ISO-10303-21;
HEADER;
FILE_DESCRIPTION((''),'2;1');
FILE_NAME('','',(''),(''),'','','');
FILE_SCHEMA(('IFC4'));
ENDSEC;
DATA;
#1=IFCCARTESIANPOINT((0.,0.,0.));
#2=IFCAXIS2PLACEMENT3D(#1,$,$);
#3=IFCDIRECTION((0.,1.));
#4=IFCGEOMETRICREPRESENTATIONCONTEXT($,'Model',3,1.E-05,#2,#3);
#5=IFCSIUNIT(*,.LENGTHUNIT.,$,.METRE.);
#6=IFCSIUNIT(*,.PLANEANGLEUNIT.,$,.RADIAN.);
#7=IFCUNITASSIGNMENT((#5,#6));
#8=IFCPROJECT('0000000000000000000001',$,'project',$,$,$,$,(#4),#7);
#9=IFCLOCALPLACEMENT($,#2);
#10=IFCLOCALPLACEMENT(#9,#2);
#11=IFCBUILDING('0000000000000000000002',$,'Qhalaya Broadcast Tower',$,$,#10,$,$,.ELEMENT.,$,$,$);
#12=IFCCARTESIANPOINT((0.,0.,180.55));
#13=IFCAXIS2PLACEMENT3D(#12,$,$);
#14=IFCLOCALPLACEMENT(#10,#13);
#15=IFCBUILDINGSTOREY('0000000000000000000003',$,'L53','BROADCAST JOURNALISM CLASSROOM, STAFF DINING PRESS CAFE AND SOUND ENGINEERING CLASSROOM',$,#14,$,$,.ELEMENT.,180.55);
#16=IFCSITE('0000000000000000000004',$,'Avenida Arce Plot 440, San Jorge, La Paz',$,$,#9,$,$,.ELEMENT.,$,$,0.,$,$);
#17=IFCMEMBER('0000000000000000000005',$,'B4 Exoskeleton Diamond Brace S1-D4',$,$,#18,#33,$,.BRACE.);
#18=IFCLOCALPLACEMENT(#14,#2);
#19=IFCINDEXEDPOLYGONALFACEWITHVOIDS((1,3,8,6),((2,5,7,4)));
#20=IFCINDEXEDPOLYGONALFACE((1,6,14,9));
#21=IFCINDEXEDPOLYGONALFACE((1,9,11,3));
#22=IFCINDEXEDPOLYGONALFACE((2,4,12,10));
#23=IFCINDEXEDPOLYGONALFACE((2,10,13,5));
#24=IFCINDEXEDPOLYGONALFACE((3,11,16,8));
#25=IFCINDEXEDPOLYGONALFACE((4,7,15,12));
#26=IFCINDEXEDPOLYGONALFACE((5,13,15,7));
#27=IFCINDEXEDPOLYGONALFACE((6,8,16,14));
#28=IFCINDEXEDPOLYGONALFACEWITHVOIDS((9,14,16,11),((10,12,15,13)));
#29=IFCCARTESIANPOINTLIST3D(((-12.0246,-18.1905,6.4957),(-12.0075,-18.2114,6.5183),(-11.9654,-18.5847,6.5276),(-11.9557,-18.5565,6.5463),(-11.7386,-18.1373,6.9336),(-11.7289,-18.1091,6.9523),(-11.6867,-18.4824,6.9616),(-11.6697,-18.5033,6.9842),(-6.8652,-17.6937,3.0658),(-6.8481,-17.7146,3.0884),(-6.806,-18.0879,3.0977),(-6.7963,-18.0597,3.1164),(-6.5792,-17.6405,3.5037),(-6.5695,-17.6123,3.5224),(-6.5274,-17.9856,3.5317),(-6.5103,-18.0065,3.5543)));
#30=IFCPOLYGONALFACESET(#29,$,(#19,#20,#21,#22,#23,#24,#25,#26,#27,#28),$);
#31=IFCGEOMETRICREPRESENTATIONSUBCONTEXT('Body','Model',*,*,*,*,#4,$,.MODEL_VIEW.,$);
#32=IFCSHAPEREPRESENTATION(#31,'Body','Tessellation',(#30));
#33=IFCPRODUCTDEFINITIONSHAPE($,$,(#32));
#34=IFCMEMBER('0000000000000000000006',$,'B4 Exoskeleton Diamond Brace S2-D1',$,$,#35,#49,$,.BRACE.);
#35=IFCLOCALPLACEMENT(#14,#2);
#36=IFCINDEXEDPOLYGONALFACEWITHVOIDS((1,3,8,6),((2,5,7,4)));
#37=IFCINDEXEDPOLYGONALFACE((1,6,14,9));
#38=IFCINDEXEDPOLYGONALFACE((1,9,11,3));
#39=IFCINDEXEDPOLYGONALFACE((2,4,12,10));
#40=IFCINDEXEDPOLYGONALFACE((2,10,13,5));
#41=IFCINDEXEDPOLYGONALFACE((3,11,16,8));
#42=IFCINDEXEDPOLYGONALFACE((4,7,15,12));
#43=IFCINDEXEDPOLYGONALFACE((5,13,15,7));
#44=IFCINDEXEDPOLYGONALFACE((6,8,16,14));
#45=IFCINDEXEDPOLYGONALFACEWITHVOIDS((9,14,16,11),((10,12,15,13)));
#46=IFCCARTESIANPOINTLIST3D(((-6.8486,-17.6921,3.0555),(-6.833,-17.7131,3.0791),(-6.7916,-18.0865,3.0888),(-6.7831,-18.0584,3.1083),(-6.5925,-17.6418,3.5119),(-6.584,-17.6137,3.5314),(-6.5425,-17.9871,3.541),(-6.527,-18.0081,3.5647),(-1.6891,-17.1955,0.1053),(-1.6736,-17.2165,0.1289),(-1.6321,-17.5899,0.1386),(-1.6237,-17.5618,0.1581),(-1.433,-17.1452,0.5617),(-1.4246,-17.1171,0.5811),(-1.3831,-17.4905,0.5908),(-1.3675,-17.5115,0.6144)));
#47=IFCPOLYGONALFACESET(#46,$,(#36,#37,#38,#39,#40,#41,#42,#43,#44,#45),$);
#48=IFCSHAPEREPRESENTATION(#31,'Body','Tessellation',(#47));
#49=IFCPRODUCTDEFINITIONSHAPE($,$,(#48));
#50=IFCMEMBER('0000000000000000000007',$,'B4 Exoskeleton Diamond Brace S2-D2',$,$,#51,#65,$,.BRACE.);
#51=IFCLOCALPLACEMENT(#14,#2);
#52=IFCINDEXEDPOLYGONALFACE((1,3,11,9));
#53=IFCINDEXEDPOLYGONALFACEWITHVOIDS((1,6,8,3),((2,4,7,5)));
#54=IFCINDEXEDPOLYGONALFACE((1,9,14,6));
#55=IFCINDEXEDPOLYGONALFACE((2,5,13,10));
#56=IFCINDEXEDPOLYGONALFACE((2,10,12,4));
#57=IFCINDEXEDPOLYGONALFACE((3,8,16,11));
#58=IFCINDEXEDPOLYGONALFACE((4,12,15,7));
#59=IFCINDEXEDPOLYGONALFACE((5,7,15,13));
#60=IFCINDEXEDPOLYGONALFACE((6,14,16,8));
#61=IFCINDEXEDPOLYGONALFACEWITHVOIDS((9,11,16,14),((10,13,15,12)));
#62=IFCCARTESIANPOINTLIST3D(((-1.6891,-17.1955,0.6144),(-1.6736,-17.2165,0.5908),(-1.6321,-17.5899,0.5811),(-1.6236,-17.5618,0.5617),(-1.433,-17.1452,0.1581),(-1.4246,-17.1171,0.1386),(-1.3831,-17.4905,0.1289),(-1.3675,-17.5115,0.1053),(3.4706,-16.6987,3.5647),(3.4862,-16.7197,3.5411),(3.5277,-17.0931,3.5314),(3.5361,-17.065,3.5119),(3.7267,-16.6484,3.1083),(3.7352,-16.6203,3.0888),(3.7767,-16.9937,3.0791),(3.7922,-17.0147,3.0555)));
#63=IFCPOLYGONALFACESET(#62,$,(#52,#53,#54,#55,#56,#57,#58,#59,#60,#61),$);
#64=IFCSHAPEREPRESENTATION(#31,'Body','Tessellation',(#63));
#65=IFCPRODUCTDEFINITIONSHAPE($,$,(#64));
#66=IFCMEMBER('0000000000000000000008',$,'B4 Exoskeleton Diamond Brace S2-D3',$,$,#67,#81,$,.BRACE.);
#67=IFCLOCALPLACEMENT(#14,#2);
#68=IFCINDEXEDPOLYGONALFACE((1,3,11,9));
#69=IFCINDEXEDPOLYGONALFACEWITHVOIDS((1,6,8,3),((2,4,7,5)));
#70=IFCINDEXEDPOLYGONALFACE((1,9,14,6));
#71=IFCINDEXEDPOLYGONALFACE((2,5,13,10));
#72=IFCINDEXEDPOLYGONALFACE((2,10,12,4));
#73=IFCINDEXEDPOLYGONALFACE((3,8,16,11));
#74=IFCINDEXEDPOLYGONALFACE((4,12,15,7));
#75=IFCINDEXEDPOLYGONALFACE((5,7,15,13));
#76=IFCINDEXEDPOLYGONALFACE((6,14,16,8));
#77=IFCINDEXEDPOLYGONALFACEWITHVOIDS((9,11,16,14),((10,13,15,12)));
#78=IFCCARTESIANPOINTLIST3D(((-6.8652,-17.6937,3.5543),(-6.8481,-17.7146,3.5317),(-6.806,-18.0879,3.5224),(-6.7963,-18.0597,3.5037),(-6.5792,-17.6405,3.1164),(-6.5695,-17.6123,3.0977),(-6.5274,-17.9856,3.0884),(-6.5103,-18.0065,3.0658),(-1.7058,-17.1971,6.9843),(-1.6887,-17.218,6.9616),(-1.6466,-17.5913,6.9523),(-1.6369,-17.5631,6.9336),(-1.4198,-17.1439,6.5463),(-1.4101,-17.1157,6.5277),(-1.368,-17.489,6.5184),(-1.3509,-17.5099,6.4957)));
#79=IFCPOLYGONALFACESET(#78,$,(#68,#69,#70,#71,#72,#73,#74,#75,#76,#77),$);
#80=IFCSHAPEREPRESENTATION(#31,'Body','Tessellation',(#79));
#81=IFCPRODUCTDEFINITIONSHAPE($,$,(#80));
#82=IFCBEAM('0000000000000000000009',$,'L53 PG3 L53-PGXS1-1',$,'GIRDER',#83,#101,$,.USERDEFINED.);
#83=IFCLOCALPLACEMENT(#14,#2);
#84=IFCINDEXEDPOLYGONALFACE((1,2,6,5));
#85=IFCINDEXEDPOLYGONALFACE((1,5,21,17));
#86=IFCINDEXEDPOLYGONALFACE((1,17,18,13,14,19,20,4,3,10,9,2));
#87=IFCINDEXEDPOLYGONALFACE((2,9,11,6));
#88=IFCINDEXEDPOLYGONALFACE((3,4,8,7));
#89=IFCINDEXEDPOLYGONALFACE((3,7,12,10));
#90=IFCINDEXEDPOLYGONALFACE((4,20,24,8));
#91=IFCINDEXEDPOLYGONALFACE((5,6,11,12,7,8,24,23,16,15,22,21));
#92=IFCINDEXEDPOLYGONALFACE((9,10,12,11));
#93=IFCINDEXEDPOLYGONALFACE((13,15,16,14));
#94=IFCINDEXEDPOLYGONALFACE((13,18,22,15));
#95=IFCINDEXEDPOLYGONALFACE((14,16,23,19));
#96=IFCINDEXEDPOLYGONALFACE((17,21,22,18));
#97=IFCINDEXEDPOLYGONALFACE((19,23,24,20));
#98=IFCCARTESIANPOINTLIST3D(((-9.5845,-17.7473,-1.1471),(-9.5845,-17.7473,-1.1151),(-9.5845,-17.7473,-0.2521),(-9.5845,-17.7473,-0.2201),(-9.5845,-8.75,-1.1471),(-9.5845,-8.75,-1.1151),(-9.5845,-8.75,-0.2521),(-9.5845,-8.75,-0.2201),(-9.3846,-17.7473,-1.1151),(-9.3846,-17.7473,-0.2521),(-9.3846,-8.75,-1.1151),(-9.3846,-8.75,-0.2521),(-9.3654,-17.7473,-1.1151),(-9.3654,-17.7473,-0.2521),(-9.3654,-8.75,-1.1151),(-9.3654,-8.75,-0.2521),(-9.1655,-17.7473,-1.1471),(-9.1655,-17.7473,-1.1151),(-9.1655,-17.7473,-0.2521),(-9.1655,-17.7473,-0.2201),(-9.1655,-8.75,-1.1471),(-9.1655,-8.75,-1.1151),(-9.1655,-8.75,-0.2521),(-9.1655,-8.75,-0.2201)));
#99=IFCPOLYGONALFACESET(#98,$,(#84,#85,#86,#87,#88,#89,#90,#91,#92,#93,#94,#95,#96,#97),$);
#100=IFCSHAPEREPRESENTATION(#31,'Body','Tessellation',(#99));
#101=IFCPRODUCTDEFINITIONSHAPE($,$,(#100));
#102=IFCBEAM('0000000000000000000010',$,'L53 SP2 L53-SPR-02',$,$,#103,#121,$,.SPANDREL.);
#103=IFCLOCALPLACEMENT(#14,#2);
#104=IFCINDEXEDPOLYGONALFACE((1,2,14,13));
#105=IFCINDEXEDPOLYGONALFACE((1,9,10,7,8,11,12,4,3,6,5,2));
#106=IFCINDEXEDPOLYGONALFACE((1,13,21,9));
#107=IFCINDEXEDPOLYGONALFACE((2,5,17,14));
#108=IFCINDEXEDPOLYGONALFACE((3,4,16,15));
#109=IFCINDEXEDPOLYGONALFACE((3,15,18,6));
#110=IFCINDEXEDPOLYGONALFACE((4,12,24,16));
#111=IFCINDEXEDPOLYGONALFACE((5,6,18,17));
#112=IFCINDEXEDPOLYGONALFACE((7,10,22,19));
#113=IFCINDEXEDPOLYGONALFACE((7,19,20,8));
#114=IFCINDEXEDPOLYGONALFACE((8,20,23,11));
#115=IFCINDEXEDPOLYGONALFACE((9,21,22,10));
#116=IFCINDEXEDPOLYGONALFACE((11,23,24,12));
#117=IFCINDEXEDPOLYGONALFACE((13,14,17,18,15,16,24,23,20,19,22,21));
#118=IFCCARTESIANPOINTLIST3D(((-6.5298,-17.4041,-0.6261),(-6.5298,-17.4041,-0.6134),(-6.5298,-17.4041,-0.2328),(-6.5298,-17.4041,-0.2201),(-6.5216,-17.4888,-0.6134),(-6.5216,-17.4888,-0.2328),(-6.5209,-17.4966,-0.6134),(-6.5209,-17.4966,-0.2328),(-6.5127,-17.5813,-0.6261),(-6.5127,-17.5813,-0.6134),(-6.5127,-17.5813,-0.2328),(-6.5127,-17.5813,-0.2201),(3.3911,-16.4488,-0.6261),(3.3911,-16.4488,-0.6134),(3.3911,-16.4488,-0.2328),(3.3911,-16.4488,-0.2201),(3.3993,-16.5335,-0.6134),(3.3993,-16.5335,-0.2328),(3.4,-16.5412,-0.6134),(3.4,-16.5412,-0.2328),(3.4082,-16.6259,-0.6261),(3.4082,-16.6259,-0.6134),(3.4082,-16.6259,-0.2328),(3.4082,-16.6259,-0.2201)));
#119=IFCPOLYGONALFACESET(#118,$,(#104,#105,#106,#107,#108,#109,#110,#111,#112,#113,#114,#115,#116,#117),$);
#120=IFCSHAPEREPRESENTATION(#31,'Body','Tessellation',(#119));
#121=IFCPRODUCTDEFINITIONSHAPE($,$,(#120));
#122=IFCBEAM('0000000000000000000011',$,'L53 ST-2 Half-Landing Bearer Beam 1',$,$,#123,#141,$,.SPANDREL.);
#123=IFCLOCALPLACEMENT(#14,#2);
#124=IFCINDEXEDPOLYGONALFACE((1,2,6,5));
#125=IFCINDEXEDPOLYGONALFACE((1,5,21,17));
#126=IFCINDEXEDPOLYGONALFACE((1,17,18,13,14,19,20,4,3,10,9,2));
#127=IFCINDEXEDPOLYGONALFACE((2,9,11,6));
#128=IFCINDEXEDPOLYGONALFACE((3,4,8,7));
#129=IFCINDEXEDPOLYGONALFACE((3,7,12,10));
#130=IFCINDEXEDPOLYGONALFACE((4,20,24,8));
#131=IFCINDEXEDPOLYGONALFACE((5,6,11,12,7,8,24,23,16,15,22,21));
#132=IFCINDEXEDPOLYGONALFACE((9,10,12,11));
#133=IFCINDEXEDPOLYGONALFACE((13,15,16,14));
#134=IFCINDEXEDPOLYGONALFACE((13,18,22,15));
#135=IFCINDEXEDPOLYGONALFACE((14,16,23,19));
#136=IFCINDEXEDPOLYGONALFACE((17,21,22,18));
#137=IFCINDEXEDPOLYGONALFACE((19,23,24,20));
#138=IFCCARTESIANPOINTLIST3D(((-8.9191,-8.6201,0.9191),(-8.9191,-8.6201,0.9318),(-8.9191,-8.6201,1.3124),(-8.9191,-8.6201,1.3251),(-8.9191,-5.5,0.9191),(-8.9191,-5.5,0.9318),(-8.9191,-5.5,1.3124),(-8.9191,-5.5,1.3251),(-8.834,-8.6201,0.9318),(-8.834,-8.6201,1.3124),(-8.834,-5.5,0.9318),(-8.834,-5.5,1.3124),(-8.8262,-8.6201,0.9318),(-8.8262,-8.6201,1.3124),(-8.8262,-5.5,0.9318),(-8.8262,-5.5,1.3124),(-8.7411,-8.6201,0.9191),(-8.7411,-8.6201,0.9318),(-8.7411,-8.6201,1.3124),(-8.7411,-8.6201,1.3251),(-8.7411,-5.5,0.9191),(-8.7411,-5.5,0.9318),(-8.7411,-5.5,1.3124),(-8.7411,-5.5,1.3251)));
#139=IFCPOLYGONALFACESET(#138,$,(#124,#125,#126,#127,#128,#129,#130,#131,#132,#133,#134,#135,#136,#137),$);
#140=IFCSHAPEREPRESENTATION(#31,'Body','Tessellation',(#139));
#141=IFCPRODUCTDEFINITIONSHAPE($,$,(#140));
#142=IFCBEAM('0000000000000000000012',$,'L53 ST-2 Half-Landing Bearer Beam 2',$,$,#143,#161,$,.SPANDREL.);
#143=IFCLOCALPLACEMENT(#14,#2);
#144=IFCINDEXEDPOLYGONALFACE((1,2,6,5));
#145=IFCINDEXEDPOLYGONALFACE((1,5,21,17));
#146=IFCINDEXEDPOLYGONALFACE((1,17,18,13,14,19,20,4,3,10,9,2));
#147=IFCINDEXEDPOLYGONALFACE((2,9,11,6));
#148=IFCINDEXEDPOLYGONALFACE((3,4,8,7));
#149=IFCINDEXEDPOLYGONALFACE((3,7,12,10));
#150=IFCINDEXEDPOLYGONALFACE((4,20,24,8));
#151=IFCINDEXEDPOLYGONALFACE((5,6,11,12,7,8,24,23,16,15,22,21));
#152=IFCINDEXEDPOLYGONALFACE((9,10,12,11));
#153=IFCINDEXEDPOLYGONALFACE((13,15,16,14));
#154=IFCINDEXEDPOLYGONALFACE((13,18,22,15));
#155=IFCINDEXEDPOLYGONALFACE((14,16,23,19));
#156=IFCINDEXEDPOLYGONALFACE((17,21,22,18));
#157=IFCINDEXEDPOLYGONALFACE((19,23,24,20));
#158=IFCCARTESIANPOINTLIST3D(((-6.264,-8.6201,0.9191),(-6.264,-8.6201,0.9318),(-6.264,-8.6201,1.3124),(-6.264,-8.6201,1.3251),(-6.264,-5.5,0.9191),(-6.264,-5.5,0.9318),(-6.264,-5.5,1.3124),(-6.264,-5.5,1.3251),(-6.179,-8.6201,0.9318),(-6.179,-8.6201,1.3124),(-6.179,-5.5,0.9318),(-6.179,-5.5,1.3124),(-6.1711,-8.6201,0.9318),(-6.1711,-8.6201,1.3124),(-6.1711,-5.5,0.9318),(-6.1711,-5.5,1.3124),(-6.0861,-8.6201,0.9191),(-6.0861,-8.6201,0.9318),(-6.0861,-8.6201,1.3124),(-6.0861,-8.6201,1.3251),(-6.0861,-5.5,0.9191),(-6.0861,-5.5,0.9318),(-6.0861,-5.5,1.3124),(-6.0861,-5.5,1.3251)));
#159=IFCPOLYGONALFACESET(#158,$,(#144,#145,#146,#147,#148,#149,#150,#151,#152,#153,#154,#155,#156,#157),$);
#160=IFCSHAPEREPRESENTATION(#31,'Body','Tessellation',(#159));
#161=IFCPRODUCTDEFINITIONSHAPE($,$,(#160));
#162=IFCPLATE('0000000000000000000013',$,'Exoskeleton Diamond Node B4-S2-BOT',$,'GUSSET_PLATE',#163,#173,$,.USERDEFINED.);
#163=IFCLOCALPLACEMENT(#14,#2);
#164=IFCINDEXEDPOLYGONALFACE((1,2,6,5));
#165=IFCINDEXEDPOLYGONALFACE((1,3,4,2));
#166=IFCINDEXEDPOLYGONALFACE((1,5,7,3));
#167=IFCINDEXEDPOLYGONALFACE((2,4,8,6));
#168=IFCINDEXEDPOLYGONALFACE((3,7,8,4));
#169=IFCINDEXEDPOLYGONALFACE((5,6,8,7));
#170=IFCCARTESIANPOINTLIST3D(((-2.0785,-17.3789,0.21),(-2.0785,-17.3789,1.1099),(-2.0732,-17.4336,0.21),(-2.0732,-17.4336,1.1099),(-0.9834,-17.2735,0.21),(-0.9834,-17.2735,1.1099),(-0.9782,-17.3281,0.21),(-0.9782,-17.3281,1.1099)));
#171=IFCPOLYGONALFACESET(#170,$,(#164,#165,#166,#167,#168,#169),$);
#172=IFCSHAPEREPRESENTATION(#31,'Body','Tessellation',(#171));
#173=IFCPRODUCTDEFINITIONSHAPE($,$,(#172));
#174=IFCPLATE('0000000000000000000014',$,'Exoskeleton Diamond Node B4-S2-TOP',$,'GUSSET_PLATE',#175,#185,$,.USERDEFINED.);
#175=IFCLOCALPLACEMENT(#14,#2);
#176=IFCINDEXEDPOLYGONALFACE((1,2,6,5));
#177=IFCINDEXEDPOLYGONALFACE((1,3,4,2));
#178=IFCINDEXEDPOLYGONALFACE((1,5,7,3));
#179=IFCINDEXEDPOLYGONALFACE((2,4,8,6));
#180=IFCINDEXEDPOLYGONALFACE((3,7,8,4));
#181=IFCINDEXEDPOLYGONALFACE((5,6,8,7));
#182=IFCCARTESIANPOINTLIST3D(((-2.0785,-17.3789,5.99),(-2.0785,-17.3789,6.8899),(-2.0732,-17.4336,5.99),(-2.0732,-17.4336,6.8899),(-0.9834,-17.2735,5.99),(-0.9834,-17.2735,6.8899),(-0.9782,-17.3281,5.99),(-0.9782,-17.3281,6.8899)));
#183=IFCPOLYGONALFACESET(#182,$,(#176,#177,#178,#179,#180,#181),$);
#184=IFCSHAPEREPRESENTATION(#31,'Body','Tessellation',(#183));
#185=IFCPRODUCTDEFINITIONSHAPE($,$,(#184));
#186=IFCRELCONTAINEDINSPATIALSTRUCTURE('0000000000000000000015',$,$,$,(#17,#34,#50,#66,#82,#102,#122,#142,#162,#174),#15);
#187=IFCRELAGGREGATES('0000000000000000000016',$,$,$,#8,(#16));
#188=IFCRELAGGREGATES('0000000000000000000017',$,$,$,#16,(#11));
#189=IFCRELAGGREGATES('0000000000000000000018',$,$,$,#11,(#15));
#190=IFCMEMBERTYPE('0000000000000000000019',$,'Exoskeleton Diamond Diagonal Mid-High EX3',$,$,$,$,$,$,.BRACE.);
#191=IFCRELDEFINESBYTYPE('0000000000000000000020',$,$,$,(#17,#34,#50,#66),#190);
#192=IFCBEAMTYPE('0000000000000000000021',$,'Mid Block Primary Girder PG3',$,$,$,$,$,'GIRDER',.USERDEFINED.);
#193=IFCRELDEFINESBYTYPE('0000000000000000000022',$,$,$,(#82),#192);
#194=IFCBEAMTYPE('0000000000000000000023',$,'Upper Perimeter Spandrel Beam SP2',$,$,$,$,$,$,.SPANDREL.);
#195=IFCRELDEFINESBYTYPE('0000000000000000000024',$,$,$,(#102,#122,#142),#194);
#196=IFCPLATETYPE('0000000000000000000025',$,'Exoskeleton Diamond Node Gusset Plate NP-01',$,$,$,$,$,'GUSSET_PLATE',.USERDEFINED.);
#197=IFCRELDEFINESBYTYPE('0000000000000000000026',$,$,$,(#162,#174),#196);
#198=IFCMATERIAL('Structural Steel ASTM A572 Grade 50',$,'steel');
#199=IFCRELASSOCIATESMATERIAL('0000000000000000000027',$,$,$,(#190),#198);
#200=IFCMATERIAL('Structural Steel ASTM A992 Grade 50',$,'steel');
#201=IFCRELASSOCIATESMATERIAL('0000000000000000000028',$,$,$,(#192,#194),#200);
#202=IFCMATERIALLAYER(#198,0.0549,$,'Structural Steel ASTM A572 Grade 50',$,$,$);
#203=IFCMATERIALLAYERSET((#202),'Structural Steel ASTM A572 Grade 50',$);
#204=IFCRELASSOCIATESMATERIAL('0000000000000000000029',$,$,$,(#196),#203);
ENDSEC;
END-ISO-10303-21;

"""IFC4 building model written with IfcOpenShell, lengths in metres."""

from ifc_helpers import new_model, si_unit, direction, frame, origin, origin_2d, place, context, subcontext, project, spatial, rectangle, hollow_rectangle, i_section, extrude, material, layer, layer_set, material_profile, profile_set, type_object, element, save


model = new_model("IFC4")

# Units and contexts
model_context = context("Model", 3, precision=1e-05, world=origin(), true_north=direction((0.0, 1.0)))
body_context = subcontext(model_context, "Body", "Model", "MODEL_VIEW")
ifc_project = project(units=[si_unit("LENGTHUNIT", "METRE"), si_unit("PLANEANGLEUNIT", "RADIAN")], contexts=[model_context])

# Site, building, storey
site_placement = place(None, origin())
site = spatial("IfcSite", under=ifc_project, at=site_placement, Name="Avenida Arce Plot 440, San Jorge, La Paz", CompositionType="ELEMENT", RefElevation=0.0)
building_placement = place(site_placement, origin())
building = spatial("IfcBuilding", under=site, at=building_placement, Name="Qhalaya Broadcast Tower", CompositionType="ELEMENT")
storey_placement = place(building_placement, frame((0.0, 0.0, 180.55)))
storey = spatial("IfcBuildingStorey", under=building, at=storey_placement, Name="L53", Description="BROADCAST JOURNALISM CLASSROOM, STAFF DINING PRESS CAFE AND SOUND ENGINEERING CLASSROOM", CompositionType="ELEMENT", Elevation=180.55)

# Shared definitions
ifc_material_1 = material(Name="Structural Steel ASTM A572 Grade 50", Category="steel")

# Shared definitions
ifc_material_2 = material(Name="Structural Steel ASTM A992 Grade 50", Category="steel")

# Members
ifc_material_profile_1 = material_profile(ifc_material_1, hollow_rectangle(XDim=0.3999, YDim=0.55, WallThickness=0.0249, at=origin_2d()), Name="BOX 400x550x25")
ifc_profile_set_1 = profile_set([ifc_material_profile_1], Name="Structural Steel ASTM A572 Grade 50")
member_type = type_object("IfcMemberType", Name="Exoskeleton Diamond Diagonal Mid-High EX3", PredefinedType="BRACE", material=ifc_profile_set_1)
member_1_placement = place(storey_placement, frame((-6.6877, -17.8501, 3.3101), z_axis=(-0.830106, -0.079935, 0.551846), x_axis=(0.148059, -0.985743, 0.07993)))
element("IfcMember", 1, at=member_1_placement, inside=storey, type_object=member_type, Name="B4 Exoskeleton Diamond Brace S1-D4", PredefinedType="BRACE", context=body_context, shape_type="SweptSolid", body=[
    extrude(hollow_rectangle(XDim=0.3999, YDim=0.55, WallThickness=0.0249, at=origin_2d()), origin(), (0.0, 0.0, 1.0), 6.2153),
])
member_2_placement = place(storey_placement, frame((-1.5283, -17.3535, 0.3599), z_axis=(-0.865087, -0.083263, 0.494663), x_axis=(0.142557, -0.986275, 0.083298)))
element("IfcMember", 2, at=member_2_placement, inside=storey, type_object=member_type, Name="B4 Exoskeleton Diamond Brace S2-D1", PredefinedType="BRACE", context=body_context, shape_type="SweptSolid", body=[
    extrude(hollow_rectangle(XDim=0.3999, YDim=0.55, WallThickness=0.0249, at=origin_2d()), origin(), (0.0, 0.0, 1.0), 5.9641),
])
member_3_placement = place(storey_placement, frame((-1.5283, -17.3535, 0.3599), z_axis=(0.865095, 0.0833, 0.494644), x_axis=(-0.142597, 0.986269, 0.083299)))
element("IfcMember", 3, at=member_3_placement, inside=storey, type_object=member_type, Name="B4 Exoskeleton Diamond Brace S2-D2", PredefinedType="BRACE", context=body_context, shape_type="SweptSolid", body=[
    extrude(hollow_rectangle(XDim=0.3999, YDim=0.55, WallThickness=0.0249, at=origin_2d()), origin(), (0.0, 0.0, 1.0), 5.9644),
])
member_4_placement = place(storey_placement, frame((-6.6877, -17.8501, 3.3101), z_axis=(0.830109, 0.079896, 0.551848), x_axis=(-0.148013, 0.98575, 0.07993)))
element("IfcMember", 4, at=member_4_placement, inside=storey, type_object=member_type, Name="B4 Exoskeleton Diamond Brace S2-D3", PredefinedType="BRACE", context=body_context, shape_type="SweptSolid", body=[
    extrude(hollow_rectangle(XDim=0.3999, YDim=0.55, WallThickness=0.0249, at=origin_2d()), origin(), (0.0, 0.0, 1.0), 6.2153),
])

# Beams
ifc_material_profile_2 = material_profile(ifc_material_2, i_section(OverallWidth=0.4189, OverallDepth=0.927, WebThickness=0.0193, FlangeThickness=0.032, at=origin_2d()), Name="W36X231")
ifc_profile_set_2 = profile_set([ifc_material_profile_2], Name="Structural Steel ASTM A992 Grade 50")
beam_type_1 = type_object("IfcBeamType", Name="Mid Block Primary Girder PG3", ElementType="GIRDER", PredefinedType="USERDEFINED", material=ifc_profile_set_2)
beam_1_placement = place(storey_placement, frame((-9.375, -17.7473, -0.6836), z_axis=(0.0, 1.0, 0.0), x_axis=(-1.0, 0.0, 0.0)))
element("IfcBeam", 5, at=beam_1_placement, inside=storey, type_object=beam_type_1, Name="L53 PG3 L53-PGXS1-1", ObjectType="GIRDER", PredefinedType="USERDEFINED", context=body_context, shape_type="SweptSolid", body=[
    extrude(i_section(OverallWidth=0.4189, OverallDepth=0.927, WebThickness=0.0193, FlangeThickness=0.032, at=origin_2d()), origin(), (0.0, 0.0, 1.0), 8.9973),
])
ifc_material_profile_3 = material_profile(ifc_material_2, i_section(OverallWidth=0.178, OverallDepth=0.406, WebThickness=0.0078, FlangeThickness=0.0127, at=origin_2d()), Name="W16X40")
ifc_profile_set_3 = profile_set([ifc_material_profile_3], Name="Structural Steel ASTM A992 Grade 50")
beam_type_2 = type_object("IfcBeamType", Name="Upper Perimeter Spandrel Beam SP2", PredefinedType="SPANDREL", material=ifc_profile_set_3)
beam_2_placement = place(storey_placement, frame((-6.5212, -17.4927, -0.4231), z_axis=(0.995396, 0.095851, 0.0), x_axis=(-0.095851, 0.995396, 0.0)))
element("IfcBeam", 6, at=beam_2_placement, inside=storey, type_object=beam_type_2, Name="L53 SP2 L53-SPR-02", PredefinedType="SPANDREL", context=body_context, shape_type="SweptSolid", body=[
    extrude(i_section(OverallWidth=0.178, OverallDepth=0.406, WebThickness=0.0078, FlangeThickness=0.0127, at=origin_2d()), origin(), (0.0, 0.0, 1.0), 9.9668),
])
for number, where, z_axis, x_axis, name in (
    (7, (-8.8301, -8.6201, 1.1221), (0.0, 1.0, 0.0), (-1.0, 0.0, 0.0), "L53 ST-2 Half-Landing Bearer Beam 1"),
    (8, (-6.175, -8.6201, 1.1221), (0.0, 1.0, 0.0), (-1.0, 0.0, 0.0), "L53 ST-2 Half-Landing Bearer Beam 2"),
):
    element("IfcBeam", number, at=place(storey_placement, frame(where, z_axis=z_axis, x_axis=x_axis)), inside=storey, type_object=beam_type_2, Name=name, PredefinedType="SPANDREL", context=body_context, shape_type="SweptSolid", body=[
        extrude(i_section(OverallWidth=0.178, OverallDepth=0.406, WebThickness=0.0078, FlangeThickness=0.0127, at=origin_2d()), origin(), (0.0, 0.0, 1.0), 3.1201),
    ])

# Plates
ifc_layer_1 = layer(ifc_material_1, 0.0549, Name="Structural Steel ASTM A572 Grade 50")
ifc_layer_set_1 = layer_set([ifc_layer_1], Name="Structural Steel ASTM A572 Grade 50")
plate_type_1 = type_object("IfcPlateType", Name="Exoskeleton Diamond Node Gusset Plate NP-01", ElementType="GUSSET_PLATE", PredefinedType="USERDEFINED", material=ifc_layer_set_1)
for number, where, z_axis, x_axis, name in (
    (9, (-1.5283, -17.3535, 0.21), (0.0, 0.0, 1.0), (0.995396, 0.095846, 0.0), "Exoskeleton Diamond Node B4-S2-BOT"),
    (10, (-1.5283, -17.3535, 5.99), (0.0, 0.0, 1.0), (0.995396, 0.095846, 0.0), "Exoskeleton Diamond Node B4-S2-TOP"),
):
    element("IfcPlate", number, at=place(storey_placement, frame(where, z_axis=z_axis, x_axis=x_axis)), inside=storey, type_object=plate_type_1, Name=name, ObjectType="GUSSET_PLATE", PredefinedType="USERDEFINED", context=body_context, shape_type="SweptSolid", body=[
        extrude(rectangle(XDim=1.1001, YDim=0.0549, at=origin_2d()), origin(), (0.0, 0.0, 1.0), 0.8999),
    ])

save(model, "model.ifc")
